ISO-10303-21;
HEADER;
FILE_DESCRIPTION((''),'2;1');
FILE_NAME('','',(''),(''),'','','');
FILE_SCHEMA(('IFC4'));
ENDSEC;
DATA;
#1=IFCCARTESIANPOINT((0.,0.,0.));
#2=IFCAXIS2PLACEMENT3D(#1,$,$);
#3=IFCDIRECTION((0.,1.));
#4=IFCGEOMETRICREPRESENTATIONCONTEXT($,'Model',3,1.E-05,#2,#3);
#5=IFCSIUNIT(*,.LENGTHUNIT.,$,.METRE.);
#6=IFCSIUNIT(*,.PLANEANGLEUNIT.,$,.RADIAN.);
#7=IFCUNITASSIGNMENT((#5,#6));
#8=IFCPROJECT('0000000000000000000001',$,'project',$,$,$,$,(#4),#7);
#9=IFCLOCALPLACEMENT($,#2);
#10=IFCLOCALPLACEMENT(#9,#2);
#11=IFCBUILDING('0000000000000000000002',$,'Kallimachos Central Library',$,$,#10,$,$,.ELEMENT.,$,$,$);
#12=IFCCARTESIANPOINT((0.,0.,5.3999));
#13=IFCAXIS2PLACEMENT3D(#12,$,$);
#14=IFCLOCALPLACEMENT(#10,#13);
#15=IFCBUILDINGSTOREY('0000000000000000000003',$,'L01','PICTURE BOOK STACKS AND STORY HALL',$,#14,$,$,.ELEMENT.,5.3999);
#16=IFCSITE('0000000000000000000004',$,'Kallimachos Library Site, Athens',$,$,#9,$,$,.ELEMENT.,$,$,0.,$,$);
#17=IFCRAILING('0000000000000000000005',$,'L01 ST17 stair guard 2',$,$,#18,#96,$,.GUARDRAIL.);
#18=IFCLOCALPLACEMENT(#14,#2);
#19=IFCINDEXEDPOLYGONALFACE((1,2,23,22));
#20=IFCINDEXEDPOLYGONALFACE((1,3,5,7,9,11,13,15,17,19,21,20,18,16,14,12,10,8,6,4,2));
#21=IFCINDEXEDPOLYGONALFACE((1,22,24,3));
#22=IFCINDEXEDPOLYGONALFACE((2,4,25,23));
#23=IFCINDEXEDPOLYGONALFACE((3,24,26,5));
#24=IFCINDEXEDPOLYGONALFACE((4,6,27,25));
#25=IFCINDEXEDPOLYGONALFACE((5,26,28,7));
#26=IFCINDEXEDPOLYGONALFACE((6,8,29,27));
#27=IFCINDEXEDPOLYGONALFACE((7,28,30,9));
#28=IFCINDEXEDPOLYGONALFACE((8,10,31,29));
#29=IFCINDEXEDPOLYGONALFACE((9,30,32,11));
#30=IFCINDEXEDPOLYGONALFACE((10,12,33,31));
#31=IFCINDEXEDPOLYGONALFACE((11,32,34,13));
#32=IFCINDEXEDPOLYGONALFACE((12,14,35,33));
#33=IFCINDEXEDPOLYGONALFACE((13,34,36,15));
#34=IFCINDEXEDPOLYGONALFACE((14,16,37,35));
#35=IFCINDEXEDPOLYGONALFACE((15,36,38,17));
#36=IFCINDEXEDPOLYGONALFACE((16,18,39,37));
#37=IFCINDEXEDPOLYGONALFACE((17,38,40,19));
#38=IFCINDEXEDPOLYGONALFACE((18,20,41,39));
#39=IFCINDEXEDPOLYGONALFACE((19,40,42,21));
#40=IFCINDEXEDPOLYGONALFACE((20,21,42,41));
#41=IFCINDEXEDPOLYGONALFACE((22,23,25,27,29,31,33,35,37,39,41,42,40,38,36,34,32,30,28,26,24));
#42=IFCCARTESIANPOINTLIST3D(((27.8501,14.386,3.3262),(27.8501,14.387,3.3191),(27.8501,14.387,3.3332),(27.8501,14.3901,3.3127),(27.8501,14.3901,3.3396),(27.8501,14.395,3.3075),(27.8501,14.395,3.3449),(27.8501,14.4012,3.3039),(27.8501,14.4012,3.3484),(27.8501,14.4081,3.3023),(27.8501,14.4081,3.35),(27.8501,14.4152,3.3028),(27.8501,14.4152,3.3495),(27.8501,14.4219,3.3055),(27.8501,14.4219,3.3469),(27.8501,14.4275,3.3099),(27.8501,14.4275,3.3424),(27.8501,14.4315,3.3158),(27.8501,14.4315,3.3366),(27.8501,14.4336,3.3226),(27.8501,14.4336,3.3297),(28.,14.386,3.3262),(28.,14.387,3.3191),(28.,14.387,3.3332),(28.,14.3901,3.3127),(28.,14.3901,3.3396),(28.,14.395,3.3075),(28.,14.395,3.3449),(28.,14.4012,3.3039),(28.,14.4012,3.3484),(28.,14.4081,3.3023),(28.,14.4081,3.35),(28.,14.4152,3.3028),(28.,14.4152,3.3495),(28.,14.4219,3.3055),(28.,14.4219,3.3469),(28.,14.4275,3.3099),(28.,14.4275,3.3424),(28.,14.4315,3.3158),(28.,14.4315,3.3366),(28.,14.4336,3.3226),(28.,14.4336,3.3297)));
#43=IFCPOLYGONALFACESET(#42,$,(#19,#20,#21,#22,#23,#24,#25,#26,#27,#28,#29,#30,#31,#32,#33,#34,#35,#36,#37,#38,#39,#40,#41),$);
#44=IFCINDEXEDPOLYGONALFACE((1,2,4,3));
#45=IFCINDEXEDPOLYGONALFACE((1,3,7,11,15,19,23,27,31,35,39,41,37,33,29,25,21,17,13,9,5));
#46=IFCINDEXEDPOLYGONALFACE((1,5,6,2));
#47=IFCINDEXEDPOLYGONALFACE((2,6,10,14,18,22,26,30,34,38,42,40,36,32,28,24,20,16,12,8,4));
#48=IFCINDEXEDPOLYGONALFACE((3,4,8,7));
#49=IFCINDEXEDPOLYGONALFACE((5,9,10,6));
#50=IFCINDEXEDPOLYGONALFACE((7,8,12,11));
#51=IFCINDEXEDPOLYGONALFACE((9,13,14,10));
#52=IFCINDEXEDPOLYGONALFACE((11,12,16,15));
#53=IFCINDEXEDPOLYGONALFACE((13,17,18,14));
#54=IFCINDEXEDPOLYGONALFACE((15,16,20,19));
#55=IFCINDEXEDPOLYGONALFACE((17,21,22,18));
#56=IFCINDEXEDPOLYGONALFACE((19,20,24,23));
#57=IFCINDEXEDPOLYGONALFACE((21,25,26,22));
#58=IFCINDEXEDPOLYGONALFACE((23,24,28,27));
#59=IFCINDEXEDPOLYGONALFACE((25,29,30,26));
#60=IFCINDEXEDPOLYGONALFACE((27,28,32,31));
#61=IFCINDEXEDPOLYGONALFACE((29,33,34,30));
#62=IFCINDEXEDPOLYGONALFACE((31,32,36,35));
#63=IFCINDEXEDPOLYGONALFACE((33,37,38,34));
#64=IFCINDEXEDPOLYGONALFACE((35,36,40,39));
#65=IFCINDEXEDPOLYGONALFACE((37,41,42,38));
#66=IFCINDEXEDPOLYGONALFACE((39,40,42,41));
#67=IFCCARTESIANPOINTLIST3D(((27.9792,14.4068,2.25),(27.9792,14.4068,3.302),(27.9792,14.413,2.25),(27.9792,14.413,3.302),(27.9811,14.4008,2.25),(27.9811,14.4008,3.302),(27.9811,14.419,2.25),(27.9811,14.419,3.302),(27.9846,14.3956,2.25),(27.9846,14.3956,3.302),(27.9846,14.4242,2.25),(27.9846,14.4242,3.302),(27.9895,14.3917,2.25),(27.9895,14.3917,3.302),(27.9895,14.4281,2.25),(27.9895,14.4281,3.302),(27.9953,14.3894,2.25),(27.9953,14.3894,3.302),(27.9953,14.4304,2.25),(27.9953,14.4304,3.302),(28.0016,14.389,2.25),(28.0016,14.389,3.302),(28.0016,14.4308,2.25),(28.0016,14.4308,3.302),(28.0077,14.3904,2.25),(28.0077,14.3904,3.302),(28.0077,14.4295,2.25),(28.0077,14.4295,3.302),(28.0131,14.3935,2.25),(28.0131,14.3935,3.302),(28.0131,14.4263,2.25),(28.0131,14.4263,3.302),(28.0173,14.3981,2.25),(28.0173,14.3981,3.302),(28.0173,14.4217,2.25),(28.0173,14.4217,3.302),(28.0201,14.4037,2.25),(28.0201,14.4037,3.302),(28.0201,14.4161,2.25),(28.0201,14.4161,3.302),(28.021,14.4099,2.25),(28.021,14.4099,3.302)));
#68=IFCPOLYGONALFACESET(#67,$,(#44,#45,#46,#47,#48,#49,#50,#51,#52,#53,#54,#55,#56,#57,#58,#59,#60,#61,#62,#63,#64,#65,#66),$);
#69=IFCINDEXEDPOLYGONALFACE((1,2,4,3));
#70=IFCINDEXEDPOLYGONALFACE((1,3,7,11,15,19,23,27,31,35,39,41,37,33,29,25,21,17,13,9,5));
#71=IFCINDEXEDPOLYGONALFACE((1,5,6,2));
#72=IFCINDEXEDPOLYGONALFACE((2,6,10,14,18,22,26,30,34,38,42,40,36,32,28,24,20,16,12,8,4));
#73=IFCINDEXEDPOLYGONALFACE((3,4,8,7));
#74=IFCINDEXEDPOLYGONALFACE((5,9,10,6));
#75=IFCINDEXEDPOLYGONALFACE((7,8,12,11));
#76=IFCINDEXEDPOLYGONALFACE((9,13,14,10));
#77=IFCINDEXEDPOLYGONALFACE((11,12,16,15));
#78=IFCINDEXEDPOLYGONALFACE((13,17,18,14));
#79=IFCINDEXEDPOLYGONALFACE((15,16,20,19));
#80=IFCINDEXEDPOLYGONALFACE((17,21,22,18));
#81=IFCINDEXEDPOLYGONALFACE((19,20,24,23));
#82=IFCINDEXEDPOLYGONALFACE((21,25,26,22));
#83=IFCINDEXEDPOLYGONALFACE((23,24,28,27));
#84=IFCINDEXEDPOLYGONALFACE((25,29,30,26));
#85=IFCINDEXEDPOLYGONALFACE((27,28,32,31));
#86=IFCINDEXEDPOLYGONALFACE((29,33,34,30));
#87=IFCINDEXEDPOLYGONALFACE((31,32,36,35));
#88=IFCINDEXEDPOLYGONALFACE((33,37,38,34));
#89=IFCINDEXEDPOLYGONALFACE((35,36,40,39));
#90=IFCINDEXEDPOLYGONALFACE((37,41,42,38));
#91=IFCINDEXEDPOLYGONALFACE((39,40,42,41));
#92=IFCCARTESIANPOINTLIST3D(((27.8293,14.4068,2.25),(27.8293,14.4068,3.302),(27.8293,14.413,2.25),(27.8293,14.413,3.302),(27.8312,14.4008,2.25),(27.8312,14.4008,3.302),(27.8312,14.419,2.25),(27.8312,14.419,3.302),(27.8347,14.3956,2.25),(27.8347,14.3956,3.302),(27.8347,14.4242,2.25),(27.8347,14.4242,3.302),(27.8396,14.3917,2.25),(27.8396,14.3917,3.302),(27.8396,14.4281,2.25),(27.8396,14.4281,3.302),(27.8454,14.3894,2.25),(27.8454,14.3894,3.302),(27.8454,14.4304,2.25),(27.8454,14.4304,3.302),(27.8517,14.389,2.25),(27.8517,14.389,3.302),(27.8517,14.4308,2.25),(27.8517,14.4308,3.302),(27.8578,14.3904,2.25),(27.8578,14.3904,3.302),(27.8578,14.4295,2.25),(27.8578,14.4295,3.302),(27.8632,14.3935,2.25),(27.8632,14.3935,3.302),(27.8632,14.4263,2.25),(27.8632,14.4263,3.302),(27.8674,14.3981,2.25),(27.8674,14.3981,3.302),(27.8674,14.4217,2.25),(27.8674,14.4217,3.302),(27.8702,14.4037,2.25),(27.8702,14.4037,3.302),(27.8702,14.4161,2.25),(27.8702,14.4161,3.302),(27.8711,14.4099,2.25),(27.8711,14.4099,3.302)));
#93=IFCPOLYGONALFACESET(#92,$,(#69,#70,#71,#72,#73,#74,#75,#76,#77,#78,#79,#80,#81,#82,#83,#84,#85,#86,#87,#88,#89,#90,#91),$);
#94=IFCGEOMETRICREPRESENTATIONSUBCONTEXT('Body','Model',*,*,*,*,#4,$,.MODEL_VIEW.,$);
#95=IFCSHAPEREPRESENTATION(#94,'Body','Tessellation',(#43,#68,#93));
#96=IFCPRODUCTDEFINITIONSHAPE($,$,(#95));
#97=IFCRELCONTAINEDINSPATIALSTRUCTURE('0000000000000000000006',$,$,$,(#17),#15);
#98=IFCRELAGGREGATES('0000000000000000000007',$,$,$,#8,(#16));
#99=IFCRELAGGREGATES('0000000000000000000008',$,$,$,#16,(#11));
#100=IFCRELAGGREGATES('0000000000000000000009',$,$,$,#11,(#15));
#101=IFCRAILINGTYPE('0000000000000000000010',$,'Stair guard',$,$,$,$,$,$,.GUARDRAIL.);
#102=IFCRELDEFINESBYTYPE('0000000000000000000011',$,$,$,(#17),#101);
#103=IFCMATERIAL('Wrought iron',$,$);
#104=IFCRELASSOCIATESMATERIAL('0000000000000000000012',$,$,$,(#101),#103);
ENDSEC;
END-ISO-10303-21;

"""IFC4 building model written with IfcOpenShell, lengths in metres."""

from ifc_helpers import new_model, si_unit, direction, frame, origin, origin_2d, place, context, subcontext, project, spatial, circle, extrude, material, type_object, element, save


model = new_model("IFC4")

# Units and contexts
model_context = context("Model", 3, precision=1e-05, world=origin(), true_north=direction((0.0, 1.0)))
body_context = subcontext(model_context, "Body", "Model", "MODEL_VIEW")
ifc_project = project(units=[si_unit("LENGTHUNIT", "METRE"), si_unit("PLANEANGLEUNIT", "RADIAN")], contexts=[model_context])

# Site, building, storey
site_placement = place(None, origin())
site = spatial("IfcSite", under=ifc_project, at=site_placement, Name="Kallimachos Library Site, Athens", CompositionType="ELEMENT", RefElevation=0.0)
building_placement = place(site_placement, origin())
building = spatial("IfcBuilding", under=site, at=building_placement, Name="Kallimachos Central Library", CompositionType="ELEMENT")
storey_placement = place(building_placement, frame((0.0, 0.0, 5.3999)))
storey = spatial("IfcBuildingStorey", under=building, at=storey_placement, Name="L01", Description="PICTURE BOOK STACKS AND STORY HALL", CompositionType="ELEMENT", Elevation=5.3999)

# Railing
ifc_material_1 = material(Name="Wrought iron")
railing_type_1 = type_object("IfcRailingType", Name="Stair guard", PredefinedType="GUARDRAIL", material=ifc_material_1)
railing_1_placement = place(storey_placement, frame((28.0, 14.4099, 2.25)))
element("IfcRailing", 1, at=railing_1_placement, inside=storey, type_object=railing_type_1, Name="L01 ST17 stair guard 2", PredefinedType="GUARDRAIL", context=body_context, shape_type="SweptSolid", body=[
    extrude(circle(Radius=0.0239, at=origin_2d()), frame((0.0, 0.0, 1.0762), z_axis=(-1.0, 0.0, 0.0), x_axis=(0.0, -1.0, 0.0)), (0.0, 0.0, 1.0), 0.1499),
    extrude(circle(Radius=0.021, at=origin_2d()), origin(), (0.0, 0.0, 1.0), 1.052),
    extrude(circle(Radius=0.021, at=origin_2d()), frame((-0.1499, 0.0, 0.0)), (0.0, 0.0, 1.0), 1.052),
])

save(model, "model.ifc")
